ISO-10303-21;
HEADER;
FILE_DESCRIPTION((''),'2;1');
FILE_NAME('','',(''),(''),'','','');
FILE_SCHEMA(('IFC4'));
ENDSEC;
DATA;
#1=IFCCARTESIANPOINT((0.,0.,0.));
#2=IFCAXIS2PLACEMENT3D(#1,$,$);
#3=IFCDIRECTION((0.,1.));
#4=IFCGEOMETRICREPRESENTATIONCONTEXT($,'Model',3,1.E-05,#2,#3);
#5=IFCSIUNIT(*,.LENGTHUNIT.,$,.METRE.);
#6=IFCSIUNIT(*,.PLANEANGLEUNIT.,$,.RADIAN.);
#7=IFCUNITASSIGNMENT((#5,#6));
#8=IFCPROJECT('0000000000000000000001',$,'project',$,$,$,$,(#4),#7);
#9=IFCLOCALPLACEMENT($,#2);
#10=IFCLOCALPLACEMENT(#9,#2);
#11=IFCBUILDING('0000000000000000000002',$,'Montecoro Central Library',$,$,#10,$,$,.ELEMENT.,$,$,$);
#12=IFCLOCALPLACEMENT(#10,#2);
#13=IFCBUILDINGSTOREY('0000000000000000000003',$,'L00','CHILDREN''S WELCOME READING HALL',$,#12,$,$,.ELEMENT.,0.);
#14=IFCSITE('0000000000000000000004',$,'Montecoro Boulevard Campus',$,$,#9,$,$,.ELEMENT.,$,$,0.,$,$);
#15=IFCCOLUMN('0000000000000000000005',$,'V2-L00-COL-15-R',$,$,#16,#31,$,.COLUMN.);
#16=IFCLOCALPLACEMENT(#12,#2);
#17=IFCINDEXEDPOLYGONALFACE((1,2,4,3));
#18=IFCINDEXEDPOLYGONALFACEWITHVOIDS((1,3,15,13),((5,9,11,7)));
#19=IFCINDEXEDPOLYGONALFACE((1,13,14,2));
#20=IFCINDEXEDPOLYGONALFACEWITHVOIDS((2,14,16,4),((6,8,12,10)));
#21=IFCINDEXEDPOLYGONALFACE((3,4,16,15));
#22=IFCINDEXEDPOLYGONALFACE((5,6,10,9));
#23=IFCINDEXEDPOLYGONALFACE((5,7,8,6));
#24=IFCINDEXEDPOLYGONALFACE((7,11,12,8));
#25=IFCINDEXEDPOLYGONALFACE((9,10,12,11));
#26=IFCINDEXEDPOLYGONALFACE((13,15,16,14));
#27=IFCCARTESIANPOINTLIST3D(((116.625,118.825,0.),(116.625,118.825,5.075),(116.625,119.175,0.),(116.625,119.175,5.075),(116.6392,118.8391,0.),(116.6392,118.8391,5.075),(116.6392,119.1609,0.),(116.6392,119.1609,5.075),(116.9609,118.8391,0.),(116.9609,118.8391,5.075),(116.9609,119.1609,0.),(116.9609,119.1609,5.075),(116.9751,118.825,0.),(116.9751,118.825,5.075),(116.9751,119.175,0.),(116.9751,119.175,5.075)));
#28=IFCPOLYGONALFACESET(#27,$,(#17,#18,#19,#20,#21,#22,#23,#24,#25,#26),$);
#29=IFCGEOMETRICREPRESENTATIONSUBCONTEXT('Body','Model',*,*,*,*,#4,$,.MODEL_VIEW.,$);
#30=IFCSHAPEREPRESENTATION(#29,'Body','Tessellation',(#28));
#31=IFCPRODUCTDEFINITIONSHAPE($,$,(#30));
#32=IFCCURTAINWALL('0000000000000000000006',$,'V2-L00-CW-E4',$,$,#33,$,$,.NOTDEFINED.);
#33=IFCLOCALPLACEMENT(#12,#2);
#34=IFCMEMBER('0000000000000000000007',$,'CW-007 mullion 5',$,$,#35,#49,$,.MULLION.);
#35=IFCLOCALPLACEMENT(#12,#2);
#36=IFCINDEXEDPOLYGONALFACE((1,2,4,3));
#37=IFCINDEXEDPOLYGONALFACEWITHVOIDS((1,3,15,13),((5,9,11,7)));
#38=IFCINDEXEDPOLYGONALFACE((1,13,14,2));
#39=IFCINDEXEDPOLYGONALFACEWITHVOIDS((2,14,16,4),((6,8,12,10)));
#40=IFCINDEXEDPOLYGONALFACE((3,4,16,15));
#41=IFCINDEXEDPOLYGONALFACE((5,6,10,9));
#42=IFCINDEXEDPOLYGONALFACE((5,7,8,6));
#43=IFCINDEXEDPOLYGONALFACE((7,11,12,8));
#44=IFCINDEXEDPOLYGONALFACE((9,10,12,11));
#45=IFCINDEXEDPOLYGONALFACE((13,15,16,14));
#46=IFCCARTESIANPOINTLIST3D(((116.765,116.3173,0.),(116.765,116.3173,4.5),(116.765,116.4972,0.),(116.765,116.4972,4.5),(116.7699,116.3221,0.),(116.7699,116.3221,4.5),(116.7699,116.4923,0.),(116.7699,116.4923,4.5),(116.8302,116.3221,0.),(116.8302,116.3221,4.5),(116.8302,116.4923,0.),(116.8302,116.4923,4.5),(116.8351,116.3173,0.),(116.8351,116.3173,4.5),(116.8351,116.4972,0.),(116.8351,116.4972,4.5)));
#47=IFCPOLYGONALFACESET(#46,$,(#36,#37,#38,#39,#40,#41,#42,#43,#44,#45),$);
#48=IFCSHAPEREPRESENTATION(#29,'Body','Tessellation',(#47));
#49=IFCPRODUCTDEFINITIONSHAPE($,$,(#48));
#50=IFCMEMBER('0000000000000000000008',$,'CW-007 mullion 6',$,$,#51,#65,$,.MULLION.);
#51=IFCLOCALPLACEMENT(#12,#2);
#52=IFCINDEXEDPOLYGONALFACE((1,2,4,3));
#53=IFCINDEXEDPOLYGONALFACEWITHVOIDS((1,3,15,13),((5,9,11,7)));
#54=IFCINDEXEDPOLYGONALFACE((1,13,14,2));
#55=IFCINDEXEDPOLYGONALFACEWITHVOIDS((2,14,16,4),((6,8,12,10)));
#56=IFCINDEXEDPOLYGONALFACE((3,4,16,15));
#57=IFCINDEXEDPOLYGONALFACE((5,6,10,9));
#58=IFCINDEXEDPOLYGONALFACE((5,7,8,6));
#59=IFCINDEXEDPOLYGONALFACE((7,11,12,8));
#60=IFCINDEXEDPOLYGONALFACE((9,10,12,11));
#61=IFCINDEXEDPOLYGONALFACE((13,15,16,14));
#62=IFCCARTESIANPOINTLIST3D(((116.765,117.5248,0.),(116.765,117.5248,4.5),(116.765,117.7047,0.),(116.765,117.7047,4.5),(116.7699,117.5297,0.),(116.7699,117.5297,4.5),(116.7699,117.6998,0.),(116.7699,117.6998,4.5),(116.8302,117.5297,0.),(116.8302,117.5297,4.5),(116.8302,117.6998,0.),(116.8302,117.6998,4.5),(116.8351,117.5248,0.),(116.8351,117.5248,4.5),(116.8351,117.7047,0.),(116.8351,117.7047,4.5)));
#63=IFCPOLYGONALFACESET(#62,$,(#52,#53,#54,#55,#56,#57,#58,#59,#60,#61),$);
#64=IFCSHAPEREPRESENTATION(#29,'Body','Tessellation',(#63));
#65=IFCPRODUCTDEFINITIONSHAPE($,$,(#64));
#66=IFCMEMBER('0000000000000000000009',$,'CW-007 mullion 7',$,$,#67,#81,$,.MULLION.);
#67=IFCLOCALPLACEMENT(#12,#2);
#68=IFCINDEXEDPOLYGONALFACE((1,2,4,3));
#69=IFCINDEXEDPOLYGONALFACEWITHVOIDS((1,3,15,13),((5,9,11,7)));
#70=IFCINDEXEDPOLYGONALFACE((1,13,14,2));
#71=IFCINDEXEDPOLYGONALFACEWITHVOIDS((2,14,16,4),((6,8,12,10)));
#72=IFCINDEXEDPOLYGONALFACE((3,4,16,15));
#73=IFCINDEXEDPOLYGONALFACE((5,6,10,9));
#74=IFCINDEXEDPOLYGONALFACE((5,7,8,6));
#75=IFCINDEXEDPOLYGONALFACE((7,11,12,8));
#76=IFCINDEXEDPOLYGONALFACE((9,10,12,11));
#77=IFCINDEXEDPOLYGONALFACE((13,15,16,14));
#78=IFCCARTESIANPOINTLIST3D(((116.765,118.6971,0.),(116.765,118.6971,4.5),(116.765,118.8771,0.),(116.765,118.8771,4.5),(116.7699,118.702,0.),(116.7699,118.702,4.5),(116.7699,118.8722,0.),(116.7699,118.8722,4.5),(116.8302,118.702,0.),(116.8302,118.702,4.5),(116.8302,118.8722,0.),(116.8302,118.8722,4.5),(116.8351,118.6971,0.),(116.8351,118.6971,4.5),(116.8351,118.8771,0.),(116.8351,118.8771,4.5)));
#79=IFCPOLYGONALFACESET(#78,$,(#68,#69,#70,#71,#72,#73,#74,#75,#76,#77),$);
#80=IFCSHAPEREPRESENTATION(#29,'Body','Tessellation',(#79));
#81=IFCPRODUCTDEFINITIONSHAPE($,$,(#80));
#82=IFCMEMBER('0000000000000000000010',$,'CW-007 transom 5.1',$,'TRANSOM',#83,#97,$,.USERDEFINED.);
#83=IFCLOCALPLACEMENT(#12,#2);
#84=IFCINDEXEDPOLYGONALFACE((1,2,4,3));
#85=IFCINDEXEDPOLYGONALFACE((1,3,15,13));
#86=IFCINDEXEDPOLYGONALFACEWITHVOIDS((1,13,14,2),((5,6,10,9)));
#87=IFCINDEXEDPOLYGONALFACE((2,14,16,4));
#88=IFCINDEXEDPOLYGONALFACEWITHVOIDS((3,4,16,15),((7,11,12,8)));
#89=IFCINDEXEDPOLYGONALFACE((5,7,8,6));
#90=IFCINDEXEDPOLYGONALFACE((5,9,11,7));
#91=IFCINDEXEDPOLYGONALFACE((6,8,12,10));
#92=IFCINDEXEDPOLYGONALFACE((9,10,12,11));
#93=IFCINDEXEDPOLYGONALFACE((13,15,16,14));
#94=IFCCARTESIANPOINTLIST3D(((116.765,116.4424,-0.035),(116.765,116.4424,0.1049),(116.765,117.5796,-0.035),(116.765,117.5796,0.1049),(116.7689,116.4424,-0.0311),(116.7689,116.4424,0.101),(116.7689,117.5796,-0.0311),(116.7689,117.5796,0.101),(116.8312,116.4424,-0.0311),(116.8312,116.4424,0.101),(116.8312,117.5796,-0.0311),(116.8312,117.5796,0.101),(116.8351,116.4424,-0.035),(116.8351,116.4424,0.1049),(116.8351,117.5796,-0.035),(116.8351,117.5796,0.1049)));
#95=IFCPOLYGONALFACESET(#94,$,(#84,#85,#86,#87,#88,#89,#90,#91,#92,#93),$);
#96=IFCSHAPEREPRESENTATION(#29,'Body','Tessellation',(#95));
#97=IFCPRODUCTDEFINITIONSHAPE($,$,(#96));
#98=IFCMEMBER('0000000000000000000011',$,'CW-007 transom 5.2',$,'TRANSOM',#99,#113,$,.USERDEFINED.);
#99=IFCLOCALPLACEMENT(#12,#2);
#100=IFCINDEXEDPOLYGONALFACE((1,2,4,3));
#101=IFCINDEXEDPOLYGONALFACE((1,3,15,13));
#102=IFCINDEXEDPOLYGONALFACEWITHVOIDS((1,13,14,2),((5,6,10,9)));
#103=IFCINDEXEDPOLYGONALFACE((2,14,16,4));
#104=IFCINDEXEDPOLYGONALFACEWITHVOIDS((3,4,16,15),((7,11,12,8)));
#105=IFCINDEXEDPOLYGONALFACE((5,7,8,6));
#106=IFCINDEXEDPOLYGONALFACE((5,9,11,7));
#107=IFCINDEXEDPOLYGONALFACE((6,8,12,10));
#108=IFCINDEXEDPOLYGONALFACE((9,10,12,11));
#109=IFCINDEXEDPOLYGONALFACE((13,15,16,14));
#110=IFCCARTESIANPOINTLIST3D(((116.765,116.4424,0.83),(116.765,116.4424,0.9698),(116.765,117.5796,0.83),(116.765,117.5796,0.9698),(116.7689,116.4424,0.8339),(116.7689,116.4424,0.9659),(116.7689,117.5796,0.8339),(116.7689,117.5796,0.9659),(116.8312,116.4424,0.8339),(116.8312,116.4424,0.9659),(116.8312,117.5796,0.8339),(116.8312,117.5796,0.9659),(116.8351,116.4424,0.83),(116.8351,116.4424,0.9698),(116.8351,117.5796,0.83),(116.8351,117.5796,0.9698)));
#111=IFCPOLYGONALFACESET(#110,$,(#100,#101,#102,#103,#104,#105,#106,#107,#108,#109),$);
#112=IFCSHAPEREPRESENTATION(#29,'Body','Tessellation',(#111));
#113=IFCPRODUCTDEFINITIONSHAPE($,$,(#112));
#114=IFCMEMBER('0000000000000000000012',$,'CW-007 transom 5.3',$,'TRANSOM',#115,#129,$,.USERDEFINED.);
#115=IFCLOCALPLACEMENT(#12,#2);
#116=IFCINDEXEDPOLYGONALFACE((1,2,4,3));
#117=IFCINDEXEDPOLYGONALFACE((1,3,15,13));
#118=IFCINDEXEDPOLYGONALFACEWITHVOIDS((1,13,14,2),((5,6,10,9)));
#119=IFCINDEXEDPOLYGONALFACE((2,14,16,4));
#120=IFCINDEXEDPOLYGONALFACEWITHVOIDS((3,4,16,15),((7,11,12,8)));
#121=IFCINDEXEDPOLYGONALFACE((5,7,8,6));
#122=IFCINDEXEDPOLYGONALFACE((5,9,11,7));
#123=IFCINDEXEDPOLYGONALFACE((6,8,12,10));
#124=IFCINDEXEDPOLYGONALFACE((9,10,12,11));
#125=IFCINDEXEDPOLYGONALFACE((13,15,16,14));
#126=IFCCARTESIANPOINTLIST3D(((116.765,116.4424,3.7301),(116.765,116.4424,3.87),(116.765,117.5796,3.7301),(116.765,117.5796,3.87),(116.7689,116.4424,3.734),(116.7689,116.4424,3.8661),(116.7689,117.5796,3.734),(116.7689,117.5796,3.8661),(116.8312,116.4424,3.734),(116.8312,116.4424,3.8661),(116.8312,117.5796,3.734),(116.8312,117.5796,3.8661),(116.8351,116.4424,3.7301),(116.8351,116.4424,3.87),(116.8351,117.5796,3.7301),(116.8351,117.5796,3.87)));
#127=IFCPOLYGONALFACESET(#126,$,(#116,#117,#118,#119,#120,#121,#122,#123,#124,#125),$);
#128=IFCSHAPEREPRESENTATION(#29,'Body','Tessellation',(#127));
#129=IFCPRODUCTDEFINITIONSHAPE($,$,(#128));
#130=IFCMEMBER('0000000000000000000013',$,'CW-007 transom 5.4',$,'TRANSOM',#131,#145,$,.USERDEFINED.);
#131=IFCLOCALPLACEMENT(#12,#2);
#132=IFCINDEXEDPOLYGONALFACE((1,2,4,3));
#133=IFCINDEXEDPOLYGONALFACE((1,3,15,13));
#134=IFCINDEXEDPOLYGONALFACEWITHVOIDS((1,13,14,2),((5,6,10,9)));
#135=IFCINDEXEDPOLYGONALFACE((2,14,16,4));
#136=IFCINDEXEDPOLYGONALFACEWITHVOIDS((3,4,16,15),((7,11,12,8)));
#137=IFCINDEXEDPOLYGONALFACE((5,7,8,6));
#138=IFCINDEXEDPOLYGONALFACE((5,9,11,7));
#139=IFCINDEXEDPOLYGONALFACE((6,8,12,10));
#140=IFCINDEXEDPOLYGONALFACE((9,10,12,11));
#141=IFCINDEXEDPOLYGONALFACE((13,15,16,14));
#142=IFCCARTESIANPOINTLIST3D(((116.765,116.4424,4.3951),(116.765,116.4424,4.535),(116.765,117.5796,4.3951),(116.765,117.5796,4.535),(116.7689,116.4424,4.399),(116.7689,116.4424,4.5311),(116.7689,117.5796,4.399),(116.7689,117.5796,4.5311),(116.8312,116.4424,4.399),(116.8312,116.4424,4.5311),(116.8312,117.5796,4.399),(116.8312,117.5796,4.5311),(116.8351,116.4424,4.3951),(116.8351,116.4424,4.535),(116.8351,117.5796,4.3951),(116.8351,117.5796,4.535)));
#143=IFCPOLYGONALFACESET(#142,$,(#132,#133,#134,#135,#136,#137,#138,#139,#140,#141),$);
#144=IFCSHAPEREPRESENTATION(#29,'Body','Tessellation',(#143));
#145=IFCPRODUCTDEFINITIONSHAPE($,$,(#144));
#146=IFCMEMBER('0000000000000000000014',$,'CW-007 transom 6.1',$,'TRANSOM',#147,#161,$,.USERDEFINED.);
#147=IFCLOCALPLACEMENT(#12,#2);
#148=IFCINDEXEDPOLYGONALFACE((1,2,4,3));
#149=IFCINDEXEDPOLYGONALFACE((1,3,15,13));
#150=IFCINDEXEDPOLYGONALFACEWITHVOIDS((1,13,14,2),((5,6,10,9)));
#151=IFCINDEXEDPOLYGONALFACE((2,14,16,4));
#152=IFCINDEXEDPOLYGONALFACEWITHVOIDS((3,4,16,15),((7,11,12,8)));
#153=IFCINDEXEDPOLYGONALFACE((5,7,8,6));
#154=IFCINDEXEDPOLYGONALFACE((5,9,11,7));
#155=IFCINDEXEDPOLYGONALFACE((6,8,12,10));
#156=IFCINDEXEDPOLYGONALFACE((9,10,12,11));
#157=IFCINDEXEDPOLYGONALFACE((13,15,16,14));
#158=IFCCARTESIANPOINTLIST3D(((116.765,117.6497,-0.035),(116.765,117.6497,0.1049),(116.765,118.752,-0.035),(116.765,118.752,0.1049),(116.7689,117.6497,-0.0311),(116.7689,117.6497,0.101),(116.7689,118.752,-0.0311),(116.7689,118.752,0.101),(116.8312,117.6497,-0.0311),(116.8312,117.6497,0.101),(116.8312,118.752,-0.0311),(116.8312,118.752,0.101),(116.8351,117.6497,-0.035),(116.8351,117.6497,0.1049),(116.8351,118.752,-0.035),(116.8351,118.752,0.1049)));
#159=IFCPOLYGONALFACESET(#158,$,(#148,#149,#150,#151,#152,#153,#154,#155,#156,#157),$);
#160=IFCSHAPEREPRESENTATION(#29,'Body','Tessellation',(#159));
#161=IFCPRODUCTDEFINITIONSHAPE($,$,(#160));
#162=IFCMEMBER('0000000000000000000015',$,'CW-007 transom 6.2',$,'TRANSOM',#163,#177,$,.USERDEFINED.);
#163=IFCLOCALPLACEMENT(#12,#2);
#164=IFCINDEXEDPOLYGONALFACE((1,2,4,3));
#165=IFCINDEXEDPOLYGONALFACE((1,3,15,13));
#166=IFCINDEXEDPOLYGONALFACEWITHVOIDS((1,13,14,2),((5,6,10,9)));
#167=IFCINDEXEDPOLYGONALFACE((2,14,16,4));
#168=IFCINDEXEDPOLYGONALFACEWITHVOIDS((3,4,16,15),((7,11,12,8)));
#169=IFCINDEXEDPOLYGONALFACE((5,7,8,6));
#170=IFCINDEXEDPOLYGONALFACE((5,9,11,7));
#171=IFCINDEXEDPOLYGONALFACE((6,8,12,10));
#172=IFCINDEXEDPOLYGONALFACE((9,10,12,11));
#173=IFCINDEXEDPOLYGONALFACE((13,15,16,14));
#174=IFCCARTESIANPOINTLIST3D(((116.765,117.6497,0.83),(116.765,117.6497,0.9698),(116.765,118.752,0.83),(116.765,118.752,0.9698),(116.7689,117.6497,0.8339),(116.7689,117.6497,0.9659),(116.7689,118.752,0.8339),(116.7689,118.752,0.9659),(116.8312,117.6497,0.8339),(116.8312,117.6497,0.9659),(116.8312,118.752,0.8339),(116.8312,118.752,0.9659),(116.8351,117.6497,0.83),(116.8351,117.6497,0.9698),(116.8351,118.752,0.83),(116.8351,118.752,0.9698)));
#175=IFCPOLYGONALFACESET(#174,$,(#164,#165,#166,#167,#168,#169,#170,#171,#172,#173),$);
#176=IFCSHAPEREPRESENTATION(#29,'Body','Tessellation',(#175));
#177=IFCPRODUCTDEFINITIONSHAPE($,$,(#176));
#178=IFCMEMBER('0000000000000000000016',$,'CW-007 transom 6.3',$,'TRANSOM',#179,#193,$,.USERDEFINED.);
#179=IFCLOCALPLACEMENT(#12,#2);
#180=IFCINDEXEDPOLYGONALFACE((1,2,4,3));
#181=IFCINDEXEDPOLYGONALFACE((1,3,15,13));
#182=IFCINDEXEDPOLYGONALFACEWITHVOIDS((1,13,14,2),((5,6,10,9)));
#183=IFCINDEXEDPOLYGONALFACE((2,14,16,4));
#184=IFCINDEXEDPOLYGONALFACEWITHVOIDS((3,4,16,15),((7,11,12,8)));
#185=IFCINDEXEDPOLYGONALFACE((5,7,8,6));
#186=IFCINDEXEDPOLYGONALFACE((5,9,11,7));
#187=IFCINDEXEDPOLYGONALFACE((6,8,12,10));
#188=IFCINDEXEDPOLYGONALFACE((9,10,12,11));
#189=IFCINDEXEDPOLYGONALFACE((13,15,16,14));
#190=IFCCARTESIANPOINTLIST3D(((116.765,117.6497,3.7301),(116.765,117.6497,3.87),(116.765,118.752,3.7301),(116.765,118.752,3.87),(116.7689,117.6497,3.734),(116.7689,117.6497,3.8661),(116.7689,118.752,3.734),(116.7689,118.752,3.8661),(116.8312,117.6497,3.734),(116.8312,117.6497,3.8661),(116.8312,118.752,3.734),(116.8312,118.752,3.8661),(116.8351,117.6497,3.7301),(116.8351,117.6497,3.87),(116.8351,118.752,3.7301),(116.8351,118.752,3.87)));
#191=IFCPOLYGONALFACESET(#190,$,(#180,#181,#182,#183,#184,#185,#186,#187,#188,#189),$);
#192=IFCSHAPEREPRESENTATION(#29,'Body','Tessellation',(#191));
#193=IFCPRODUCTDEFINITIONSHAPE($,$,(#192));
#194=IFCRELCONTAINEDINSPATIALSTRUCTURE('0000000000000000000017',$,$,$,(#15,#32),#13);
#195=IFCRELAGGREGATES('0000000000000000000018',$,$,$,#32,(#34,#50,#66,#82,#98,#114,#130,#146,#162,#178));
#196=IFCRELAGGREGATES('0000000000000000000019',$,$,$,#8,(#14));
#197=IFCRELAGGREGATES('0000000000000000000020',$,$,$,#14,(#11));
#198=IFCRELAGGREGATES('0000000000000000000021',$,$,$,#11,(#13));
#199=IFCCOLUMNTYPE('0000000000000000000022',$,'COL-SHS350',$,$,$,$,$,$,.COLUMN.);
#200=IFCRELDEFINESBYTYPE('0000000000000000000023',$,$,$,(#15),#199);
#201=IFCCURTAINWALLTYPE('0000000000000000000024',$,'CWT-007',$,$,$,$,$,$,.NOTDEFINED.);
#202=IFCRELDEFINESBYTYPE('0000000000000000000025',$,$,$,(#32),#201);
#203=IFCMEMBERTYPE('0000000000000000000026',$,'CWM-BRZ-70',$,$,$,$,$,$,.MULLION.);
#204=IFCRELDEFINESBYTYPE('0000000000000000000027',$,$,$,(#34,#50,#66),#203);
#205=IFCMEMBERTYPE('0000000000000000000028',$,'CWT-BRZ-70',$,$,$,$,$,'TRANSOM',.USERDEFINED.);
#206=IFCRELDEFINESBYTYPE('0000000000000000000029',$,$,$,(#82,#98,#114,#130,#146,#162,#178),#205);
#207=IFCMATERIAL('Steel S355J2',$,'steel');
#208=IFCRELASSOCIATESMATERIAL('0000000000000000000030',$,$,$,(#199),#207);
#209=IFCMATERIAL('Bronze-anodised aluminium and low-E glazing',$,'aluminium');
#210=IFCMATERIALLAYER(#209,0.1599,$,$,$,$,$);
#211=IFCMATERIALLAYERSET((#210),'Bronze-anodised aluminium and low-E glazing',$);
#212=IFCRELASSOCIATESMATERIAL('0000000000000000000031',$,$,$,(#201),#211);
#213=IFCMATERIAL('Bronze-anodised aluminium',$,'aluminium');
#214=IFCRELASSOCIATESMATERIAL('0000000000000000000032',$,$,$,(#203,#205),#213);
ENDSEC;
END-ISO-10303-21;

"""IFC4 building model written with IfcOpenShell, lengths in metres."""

from ifc_helpers import new_model, si_unit, direction, frame, origin, origin_2d, place, context, subcontext, project, spatial, hollow_rectangle, extrude, material, layer, layer_set, material_profile, profile_set, type_object, element, aggregate, save


model = new_model("IFC4")

# Units and contexts
model_context = context("Model", 3, precision=1e-05, world=origin(), true_north=direction((0.0, 1.0)))
body_context = subcontext(model_context, "Body", "Model", "MODEL_VIEW")
ifc_project = project(units=[si_unit("LENGTHUNIT", "METRE"), si_unit("PLANEANGLEUNIT", "RADIAN")], contexts=[model_context])

# Site, building, storey
site_placement = place(None, origin())
site = spatial("IfcSite", under=ifc_project, at=site_placement, Name="Montecoro Boulevard Campus", CompositionType="ELEMENT", RefElevation=0.0)
building_placement = place(site_placement, origin())
building = spatial("IfcBuilding", under=site, at=building_placement, Name="Montecoro Central Library", CompositionType="ELEMENT")
storey_placement = place(building_placement, origin())
storey = spatial("IfcBuildingStorey", under=building, at=storey_placement, Name="L00", Description="CHILDREN'S WELCOME READING HALL", CompositionType="ELEMENT", Elevation=0.0)

# Column
ifc_material_1 = material(Name="Steel S355J2", Category="steel")
ifc_material_profile_1 = material_profile(ifc_material_1, hollow_rectangle(XDim=0.3501, YDim=0.3501, WallThickness=0.0142, at=origin_2d()), Name="SHS 350x350x14.2")
ifc_profile_set_1 = profile_set([ifc_material_profile_1], Name="Steel S355J2")
column_type = type_object("IfcColumnType", Name="COL-SHS350", PredefinedType="COLUMN", material=ifc_profile_set_1)
column_placement = place(storey_placement, frame((116.8, 119.0, 0.0), z_axis=(0.0, 0.0, 1.0), x_axis=(1.0, 0.0, 0.0)))
element("IfcColumn", 1, at=column_placement, inside=storey, type_object=column_type, Name="V2-L00-COL-15-R", PredefinedType="COLUMN", context=body_context, shape_type="SweptSolid", body=[
    extrude(hollow_rectangle(XDim=0.3501, YDim=0.3501, WallThickness=0.0142, at=origin_2d()), origin(), (0.0, 0.0, 1.0), 5.075),
])

# Curtain wall, members
ifc_material_2 = material(Name="Bronze-anodised aluminium and low-E glazing", Category="aluminium")
ifc_layer_1 = layer(ifc_material_2, 0.1599)
ifc_layer_set_1 = layer_set([ifc_layer_1], Name="Bronze-anodised aluminium and low-E glazing")
curtain_wall_type = type_object("IfcCurtainWallType", Name="CWT-007", PredefinedType="NOTDEFINED", material=ifc_layer_set_1)
curtain_wall_placement = place(storey_placement, origin())
curtain_wall = element("IfcCurtainWall", 2, at=curtain_wall_placement, inside=storey, type_object=curtain_wall_type, Name="V2-L00-CW-E4", PredefinedType="NOTDEFINED")
ifc_material_3 = material(Name="Bronze-anodised aluminium", Category="aluminium")
ifc_material_profile_2 = material_profile(ifc_material_3, hollow_rectangle(XDim=0.0701, YDim=0.1799, WallThickness=0.0049, at=origin_2d()), Name="CWM 180x70x5.0")
ifc_profile_set_2 = profile_set([ifc_material_profile_2], Name="Bronze-anodised aluminium")
member_type_1 = type_object("IfcMemberType", Name="CWM-BRZ-70", PredefinedType="MULLION", material=ifc_profile_set_2)
member_1_placement = place(storey_placement, frame((116.8, 116.4072, 0.0), z_axis=(0.0, 0.0, 1.0), x_axis=(-1.0, 0.0, 0.0)))
member_1 = element("IfcMember", 3, at=member_1_placement, type_object=member_type_1, Name="CW-007 mullion 5", PredefinedType="MULLION", context=body_context, shape_type="SweptSolid", body=[
    extrude(hollow_rectangle(XDim=0.0701, YDim=0.1799, WallThickness=0.0049, at=origin_2d()), origin(), (0.0, 0.0, 1.0), 4.5),
])
member_2_placement = place(storey_placement, frame((116.8, 117.6147, 0.0), z_axis=(0.0, 0.0, 1.0), x_axis=(-1.0, 0.0, 0.0)))
member_2 = element("IfcMember", 4, at=member_2_placement, type_object=member_type_1, Name="CW-007 mullion 6", PredefinedType="MULLION", context=body_context, shape_type="SweptSolid", body=[
    extrude(hollow_rectangle(XDim=0.0701, YDim=0.1799, WallThickness=0.0049, at=origin_2d()), origin(), (0.0, 0.0, 1.0), 4.5),
])
member_3_placement = place(storey_placement, frame((116.8, 118.7871, 0.0), z_axis=(0.0, 0.0, 1.0), x_axis=(-1.0, 0.0, 0.0)))
member_3 = element("IfcMember", 5, at=member_3_placement, type_object=member_type_1, Name="CW-007 mullion 7", PredefinedType="MULLION", context=body_context, shape_type="SweptSolid", body=[
    extrude(hollow_rectangle(XDim=0.0701, YDim=0.1799, WallThickness=0.0049, at=origin_2d()), origin(), (0.0, 0.0, 1.0), 4.5),
])
ifc_material_profile_3 = material_profile(ifc_material_3, hollow_rectangle(XDim=0.0701, YDim=0.1399, WallThickness=0.0039, at=origin_2d()), Name="CWT 140x70x4.0")
ifc_profile_set_3 = profile_set([ifc_material_profile_3], Name="Bronze-anodised aluminium")
member_type_2 = type_object("IfcMemberType", Name="CWT-BRZ-70", ElementType="TRANSOM", PredefinedType="USERDEFINED", material=ifc_profile_set_3)
member_4_placement = place(storey_placement, frame((116.8, 116.4424, 0.0349), z_axis=(0.0, 1.0, 0.0), x_axis=(-1.0, 0.0, 0.0)))
member_4 = element("IfcMember", 6, at=member_4_placement, type_object=member_type_2, Name="CW-007 transom 5.1", ObjectType="TRANSOM", PredefinedType="USERDEFINED", context=body_context, shape_type="SweptSolid", body=[
    extrude(hollow_rectangle(XDim=0.0701, YDim=0.1399, WallThickness=0.0039, at=origin_2d()), origin(), (0.0, 0.0, 1.0), 1.1372),
])
member_5_placement = place(storey_placement, frame((116.8, 116.4424, 0.8999), z_axis=(0.0, 1.0, 0.0), x_axis=(-1.0, 0.0, 0.0)))
member_5 = element("IfcMember", 7, at=member_5_placement, type_object=member_type_2, Name="CW-007 transom 5.2", ObjectType="TRANSOM", PredefinedType="USERDEFINED", context=body_context, shape_type="SweptSolid", body=[
    extrude(hollow_rectangle(XDim=0.0701, YDim=0.1399, WallThickness=0.0039, at=origin_2d()), origin(), (0.0, 0.0, 1.0), 1.1372),
])
member_6_placement = place(storey_placement, frame((116.8, 116.4424, 3.8), z_axis=(0.0, 1.0, 0.0), x_axis=(-1.0, 0.0, 0.0)))
member_6 = element("IfcMember", 8, at=member_6_placement, type_object=member_type_2, Name="CW-007 transom 5.3", ObjectType="TRANSOM", PredefinedType="USERDEFINED", context=body_context, shape_type="SweptSolid", body=[
    extrude(hollow_rectangle(XDim=0.0701, YDim=0.1399, WallThickness=0.0039, at=origin_2d()), origin(), (0.0, 0.0, 1.0), 1.1372),
])
member_7_placement = place(storey_placement, frame((116.8, 116.4424, 4.4651), z_axis=(0.0, 1.0, 0.0), x_axis=(-1.0, 0.0, 0.0)))
member_7 = element("IfcMember", 9, at=member_7_placement, type_object=member_type_2, Name="CW-007 transom 5.4", ObjectType="TRANSOM", PredefinedType="USERDEFINED", context=body_context, shape_type="SweptSolid", body=[
    extrude(hollow_rectangle(XDim=0.0701, YDim=0.1399, WallThickness=0.0039, at=origin_2d()), origin(), (0.0, 0.0, 1.0), 1.1372),
])
member_8_placement = place(storey_placement, frame((116.8, 117.6497, 0.0349), z_axis=(0.0, 1.0, 0.0), x_axis=(-1.0, 0.0, 0.0)))
member_8 = element("IfcMember", 10, at=member_8_placement, type_object=member_type_2, Name="CW-007 transom 6.1", ObjectType="TRANSOM", PredefinedType="USERDEFINED", context=body_context, shape_type="SweptSolid", body=[
    extrude(hollow_rectangle(XDim=0.0701, YDim=0.1399, WallThickness=0.0039, at=origin_2d()), origin(), (0.0, 0.0, 1.0), 1.1023),
])
member_9_placement = place(storey_placement, frame((116.8, 117.6497, 0.8999), z_axis=(0.0, 1.0, 0.0), x_axis=(-1.0, 0.0, 0.0)))
member_9 = element("IfcMember", 11, at=member_9_placement, type_object=member_type_2, Name="CW-007 transom 6.2", ObjectType="TRANSOM", PredefinedType="USERDEFINED", context=body_context, shape_type="SweptSolid", body=[
    extrude(hollow_rectangle(XDim=0.0701, YDim=0.1399, WallThickness=0.0039, at=origin_2d()), origin(), (0.0, 0.0, 1.0), 1.1023),
])
member_10_placement = place(storey_placement, frame((116.8, 117.6497, 3.8), z_axis=(0.0, 1.0, 0.0), x_axis=(-1.0, 0.0, 0.0)))
member_10 = element("IfcMember", 12, at=member_10_placement, type_object=member_type_2, Name="CW-007 transom 6.3", ObjectType="TRANSOM", PredefinedType="USERDEFINED", context=body_context, shape_type="SweptSolid", body=[
    extrude(hollow_rectangle(XDim=0.0701, YDim=0.1399, WallThickness=0.0039, at=origin_2d()), origin(), (0.0, 0.0, 1.0), 1.1023),
])
aggregate(curtain_wall, [member_1, member_2, member_3, member_4, member_5, member_6, member_7, member_8, member_9, member_10])

save(model, "model.ifc")
